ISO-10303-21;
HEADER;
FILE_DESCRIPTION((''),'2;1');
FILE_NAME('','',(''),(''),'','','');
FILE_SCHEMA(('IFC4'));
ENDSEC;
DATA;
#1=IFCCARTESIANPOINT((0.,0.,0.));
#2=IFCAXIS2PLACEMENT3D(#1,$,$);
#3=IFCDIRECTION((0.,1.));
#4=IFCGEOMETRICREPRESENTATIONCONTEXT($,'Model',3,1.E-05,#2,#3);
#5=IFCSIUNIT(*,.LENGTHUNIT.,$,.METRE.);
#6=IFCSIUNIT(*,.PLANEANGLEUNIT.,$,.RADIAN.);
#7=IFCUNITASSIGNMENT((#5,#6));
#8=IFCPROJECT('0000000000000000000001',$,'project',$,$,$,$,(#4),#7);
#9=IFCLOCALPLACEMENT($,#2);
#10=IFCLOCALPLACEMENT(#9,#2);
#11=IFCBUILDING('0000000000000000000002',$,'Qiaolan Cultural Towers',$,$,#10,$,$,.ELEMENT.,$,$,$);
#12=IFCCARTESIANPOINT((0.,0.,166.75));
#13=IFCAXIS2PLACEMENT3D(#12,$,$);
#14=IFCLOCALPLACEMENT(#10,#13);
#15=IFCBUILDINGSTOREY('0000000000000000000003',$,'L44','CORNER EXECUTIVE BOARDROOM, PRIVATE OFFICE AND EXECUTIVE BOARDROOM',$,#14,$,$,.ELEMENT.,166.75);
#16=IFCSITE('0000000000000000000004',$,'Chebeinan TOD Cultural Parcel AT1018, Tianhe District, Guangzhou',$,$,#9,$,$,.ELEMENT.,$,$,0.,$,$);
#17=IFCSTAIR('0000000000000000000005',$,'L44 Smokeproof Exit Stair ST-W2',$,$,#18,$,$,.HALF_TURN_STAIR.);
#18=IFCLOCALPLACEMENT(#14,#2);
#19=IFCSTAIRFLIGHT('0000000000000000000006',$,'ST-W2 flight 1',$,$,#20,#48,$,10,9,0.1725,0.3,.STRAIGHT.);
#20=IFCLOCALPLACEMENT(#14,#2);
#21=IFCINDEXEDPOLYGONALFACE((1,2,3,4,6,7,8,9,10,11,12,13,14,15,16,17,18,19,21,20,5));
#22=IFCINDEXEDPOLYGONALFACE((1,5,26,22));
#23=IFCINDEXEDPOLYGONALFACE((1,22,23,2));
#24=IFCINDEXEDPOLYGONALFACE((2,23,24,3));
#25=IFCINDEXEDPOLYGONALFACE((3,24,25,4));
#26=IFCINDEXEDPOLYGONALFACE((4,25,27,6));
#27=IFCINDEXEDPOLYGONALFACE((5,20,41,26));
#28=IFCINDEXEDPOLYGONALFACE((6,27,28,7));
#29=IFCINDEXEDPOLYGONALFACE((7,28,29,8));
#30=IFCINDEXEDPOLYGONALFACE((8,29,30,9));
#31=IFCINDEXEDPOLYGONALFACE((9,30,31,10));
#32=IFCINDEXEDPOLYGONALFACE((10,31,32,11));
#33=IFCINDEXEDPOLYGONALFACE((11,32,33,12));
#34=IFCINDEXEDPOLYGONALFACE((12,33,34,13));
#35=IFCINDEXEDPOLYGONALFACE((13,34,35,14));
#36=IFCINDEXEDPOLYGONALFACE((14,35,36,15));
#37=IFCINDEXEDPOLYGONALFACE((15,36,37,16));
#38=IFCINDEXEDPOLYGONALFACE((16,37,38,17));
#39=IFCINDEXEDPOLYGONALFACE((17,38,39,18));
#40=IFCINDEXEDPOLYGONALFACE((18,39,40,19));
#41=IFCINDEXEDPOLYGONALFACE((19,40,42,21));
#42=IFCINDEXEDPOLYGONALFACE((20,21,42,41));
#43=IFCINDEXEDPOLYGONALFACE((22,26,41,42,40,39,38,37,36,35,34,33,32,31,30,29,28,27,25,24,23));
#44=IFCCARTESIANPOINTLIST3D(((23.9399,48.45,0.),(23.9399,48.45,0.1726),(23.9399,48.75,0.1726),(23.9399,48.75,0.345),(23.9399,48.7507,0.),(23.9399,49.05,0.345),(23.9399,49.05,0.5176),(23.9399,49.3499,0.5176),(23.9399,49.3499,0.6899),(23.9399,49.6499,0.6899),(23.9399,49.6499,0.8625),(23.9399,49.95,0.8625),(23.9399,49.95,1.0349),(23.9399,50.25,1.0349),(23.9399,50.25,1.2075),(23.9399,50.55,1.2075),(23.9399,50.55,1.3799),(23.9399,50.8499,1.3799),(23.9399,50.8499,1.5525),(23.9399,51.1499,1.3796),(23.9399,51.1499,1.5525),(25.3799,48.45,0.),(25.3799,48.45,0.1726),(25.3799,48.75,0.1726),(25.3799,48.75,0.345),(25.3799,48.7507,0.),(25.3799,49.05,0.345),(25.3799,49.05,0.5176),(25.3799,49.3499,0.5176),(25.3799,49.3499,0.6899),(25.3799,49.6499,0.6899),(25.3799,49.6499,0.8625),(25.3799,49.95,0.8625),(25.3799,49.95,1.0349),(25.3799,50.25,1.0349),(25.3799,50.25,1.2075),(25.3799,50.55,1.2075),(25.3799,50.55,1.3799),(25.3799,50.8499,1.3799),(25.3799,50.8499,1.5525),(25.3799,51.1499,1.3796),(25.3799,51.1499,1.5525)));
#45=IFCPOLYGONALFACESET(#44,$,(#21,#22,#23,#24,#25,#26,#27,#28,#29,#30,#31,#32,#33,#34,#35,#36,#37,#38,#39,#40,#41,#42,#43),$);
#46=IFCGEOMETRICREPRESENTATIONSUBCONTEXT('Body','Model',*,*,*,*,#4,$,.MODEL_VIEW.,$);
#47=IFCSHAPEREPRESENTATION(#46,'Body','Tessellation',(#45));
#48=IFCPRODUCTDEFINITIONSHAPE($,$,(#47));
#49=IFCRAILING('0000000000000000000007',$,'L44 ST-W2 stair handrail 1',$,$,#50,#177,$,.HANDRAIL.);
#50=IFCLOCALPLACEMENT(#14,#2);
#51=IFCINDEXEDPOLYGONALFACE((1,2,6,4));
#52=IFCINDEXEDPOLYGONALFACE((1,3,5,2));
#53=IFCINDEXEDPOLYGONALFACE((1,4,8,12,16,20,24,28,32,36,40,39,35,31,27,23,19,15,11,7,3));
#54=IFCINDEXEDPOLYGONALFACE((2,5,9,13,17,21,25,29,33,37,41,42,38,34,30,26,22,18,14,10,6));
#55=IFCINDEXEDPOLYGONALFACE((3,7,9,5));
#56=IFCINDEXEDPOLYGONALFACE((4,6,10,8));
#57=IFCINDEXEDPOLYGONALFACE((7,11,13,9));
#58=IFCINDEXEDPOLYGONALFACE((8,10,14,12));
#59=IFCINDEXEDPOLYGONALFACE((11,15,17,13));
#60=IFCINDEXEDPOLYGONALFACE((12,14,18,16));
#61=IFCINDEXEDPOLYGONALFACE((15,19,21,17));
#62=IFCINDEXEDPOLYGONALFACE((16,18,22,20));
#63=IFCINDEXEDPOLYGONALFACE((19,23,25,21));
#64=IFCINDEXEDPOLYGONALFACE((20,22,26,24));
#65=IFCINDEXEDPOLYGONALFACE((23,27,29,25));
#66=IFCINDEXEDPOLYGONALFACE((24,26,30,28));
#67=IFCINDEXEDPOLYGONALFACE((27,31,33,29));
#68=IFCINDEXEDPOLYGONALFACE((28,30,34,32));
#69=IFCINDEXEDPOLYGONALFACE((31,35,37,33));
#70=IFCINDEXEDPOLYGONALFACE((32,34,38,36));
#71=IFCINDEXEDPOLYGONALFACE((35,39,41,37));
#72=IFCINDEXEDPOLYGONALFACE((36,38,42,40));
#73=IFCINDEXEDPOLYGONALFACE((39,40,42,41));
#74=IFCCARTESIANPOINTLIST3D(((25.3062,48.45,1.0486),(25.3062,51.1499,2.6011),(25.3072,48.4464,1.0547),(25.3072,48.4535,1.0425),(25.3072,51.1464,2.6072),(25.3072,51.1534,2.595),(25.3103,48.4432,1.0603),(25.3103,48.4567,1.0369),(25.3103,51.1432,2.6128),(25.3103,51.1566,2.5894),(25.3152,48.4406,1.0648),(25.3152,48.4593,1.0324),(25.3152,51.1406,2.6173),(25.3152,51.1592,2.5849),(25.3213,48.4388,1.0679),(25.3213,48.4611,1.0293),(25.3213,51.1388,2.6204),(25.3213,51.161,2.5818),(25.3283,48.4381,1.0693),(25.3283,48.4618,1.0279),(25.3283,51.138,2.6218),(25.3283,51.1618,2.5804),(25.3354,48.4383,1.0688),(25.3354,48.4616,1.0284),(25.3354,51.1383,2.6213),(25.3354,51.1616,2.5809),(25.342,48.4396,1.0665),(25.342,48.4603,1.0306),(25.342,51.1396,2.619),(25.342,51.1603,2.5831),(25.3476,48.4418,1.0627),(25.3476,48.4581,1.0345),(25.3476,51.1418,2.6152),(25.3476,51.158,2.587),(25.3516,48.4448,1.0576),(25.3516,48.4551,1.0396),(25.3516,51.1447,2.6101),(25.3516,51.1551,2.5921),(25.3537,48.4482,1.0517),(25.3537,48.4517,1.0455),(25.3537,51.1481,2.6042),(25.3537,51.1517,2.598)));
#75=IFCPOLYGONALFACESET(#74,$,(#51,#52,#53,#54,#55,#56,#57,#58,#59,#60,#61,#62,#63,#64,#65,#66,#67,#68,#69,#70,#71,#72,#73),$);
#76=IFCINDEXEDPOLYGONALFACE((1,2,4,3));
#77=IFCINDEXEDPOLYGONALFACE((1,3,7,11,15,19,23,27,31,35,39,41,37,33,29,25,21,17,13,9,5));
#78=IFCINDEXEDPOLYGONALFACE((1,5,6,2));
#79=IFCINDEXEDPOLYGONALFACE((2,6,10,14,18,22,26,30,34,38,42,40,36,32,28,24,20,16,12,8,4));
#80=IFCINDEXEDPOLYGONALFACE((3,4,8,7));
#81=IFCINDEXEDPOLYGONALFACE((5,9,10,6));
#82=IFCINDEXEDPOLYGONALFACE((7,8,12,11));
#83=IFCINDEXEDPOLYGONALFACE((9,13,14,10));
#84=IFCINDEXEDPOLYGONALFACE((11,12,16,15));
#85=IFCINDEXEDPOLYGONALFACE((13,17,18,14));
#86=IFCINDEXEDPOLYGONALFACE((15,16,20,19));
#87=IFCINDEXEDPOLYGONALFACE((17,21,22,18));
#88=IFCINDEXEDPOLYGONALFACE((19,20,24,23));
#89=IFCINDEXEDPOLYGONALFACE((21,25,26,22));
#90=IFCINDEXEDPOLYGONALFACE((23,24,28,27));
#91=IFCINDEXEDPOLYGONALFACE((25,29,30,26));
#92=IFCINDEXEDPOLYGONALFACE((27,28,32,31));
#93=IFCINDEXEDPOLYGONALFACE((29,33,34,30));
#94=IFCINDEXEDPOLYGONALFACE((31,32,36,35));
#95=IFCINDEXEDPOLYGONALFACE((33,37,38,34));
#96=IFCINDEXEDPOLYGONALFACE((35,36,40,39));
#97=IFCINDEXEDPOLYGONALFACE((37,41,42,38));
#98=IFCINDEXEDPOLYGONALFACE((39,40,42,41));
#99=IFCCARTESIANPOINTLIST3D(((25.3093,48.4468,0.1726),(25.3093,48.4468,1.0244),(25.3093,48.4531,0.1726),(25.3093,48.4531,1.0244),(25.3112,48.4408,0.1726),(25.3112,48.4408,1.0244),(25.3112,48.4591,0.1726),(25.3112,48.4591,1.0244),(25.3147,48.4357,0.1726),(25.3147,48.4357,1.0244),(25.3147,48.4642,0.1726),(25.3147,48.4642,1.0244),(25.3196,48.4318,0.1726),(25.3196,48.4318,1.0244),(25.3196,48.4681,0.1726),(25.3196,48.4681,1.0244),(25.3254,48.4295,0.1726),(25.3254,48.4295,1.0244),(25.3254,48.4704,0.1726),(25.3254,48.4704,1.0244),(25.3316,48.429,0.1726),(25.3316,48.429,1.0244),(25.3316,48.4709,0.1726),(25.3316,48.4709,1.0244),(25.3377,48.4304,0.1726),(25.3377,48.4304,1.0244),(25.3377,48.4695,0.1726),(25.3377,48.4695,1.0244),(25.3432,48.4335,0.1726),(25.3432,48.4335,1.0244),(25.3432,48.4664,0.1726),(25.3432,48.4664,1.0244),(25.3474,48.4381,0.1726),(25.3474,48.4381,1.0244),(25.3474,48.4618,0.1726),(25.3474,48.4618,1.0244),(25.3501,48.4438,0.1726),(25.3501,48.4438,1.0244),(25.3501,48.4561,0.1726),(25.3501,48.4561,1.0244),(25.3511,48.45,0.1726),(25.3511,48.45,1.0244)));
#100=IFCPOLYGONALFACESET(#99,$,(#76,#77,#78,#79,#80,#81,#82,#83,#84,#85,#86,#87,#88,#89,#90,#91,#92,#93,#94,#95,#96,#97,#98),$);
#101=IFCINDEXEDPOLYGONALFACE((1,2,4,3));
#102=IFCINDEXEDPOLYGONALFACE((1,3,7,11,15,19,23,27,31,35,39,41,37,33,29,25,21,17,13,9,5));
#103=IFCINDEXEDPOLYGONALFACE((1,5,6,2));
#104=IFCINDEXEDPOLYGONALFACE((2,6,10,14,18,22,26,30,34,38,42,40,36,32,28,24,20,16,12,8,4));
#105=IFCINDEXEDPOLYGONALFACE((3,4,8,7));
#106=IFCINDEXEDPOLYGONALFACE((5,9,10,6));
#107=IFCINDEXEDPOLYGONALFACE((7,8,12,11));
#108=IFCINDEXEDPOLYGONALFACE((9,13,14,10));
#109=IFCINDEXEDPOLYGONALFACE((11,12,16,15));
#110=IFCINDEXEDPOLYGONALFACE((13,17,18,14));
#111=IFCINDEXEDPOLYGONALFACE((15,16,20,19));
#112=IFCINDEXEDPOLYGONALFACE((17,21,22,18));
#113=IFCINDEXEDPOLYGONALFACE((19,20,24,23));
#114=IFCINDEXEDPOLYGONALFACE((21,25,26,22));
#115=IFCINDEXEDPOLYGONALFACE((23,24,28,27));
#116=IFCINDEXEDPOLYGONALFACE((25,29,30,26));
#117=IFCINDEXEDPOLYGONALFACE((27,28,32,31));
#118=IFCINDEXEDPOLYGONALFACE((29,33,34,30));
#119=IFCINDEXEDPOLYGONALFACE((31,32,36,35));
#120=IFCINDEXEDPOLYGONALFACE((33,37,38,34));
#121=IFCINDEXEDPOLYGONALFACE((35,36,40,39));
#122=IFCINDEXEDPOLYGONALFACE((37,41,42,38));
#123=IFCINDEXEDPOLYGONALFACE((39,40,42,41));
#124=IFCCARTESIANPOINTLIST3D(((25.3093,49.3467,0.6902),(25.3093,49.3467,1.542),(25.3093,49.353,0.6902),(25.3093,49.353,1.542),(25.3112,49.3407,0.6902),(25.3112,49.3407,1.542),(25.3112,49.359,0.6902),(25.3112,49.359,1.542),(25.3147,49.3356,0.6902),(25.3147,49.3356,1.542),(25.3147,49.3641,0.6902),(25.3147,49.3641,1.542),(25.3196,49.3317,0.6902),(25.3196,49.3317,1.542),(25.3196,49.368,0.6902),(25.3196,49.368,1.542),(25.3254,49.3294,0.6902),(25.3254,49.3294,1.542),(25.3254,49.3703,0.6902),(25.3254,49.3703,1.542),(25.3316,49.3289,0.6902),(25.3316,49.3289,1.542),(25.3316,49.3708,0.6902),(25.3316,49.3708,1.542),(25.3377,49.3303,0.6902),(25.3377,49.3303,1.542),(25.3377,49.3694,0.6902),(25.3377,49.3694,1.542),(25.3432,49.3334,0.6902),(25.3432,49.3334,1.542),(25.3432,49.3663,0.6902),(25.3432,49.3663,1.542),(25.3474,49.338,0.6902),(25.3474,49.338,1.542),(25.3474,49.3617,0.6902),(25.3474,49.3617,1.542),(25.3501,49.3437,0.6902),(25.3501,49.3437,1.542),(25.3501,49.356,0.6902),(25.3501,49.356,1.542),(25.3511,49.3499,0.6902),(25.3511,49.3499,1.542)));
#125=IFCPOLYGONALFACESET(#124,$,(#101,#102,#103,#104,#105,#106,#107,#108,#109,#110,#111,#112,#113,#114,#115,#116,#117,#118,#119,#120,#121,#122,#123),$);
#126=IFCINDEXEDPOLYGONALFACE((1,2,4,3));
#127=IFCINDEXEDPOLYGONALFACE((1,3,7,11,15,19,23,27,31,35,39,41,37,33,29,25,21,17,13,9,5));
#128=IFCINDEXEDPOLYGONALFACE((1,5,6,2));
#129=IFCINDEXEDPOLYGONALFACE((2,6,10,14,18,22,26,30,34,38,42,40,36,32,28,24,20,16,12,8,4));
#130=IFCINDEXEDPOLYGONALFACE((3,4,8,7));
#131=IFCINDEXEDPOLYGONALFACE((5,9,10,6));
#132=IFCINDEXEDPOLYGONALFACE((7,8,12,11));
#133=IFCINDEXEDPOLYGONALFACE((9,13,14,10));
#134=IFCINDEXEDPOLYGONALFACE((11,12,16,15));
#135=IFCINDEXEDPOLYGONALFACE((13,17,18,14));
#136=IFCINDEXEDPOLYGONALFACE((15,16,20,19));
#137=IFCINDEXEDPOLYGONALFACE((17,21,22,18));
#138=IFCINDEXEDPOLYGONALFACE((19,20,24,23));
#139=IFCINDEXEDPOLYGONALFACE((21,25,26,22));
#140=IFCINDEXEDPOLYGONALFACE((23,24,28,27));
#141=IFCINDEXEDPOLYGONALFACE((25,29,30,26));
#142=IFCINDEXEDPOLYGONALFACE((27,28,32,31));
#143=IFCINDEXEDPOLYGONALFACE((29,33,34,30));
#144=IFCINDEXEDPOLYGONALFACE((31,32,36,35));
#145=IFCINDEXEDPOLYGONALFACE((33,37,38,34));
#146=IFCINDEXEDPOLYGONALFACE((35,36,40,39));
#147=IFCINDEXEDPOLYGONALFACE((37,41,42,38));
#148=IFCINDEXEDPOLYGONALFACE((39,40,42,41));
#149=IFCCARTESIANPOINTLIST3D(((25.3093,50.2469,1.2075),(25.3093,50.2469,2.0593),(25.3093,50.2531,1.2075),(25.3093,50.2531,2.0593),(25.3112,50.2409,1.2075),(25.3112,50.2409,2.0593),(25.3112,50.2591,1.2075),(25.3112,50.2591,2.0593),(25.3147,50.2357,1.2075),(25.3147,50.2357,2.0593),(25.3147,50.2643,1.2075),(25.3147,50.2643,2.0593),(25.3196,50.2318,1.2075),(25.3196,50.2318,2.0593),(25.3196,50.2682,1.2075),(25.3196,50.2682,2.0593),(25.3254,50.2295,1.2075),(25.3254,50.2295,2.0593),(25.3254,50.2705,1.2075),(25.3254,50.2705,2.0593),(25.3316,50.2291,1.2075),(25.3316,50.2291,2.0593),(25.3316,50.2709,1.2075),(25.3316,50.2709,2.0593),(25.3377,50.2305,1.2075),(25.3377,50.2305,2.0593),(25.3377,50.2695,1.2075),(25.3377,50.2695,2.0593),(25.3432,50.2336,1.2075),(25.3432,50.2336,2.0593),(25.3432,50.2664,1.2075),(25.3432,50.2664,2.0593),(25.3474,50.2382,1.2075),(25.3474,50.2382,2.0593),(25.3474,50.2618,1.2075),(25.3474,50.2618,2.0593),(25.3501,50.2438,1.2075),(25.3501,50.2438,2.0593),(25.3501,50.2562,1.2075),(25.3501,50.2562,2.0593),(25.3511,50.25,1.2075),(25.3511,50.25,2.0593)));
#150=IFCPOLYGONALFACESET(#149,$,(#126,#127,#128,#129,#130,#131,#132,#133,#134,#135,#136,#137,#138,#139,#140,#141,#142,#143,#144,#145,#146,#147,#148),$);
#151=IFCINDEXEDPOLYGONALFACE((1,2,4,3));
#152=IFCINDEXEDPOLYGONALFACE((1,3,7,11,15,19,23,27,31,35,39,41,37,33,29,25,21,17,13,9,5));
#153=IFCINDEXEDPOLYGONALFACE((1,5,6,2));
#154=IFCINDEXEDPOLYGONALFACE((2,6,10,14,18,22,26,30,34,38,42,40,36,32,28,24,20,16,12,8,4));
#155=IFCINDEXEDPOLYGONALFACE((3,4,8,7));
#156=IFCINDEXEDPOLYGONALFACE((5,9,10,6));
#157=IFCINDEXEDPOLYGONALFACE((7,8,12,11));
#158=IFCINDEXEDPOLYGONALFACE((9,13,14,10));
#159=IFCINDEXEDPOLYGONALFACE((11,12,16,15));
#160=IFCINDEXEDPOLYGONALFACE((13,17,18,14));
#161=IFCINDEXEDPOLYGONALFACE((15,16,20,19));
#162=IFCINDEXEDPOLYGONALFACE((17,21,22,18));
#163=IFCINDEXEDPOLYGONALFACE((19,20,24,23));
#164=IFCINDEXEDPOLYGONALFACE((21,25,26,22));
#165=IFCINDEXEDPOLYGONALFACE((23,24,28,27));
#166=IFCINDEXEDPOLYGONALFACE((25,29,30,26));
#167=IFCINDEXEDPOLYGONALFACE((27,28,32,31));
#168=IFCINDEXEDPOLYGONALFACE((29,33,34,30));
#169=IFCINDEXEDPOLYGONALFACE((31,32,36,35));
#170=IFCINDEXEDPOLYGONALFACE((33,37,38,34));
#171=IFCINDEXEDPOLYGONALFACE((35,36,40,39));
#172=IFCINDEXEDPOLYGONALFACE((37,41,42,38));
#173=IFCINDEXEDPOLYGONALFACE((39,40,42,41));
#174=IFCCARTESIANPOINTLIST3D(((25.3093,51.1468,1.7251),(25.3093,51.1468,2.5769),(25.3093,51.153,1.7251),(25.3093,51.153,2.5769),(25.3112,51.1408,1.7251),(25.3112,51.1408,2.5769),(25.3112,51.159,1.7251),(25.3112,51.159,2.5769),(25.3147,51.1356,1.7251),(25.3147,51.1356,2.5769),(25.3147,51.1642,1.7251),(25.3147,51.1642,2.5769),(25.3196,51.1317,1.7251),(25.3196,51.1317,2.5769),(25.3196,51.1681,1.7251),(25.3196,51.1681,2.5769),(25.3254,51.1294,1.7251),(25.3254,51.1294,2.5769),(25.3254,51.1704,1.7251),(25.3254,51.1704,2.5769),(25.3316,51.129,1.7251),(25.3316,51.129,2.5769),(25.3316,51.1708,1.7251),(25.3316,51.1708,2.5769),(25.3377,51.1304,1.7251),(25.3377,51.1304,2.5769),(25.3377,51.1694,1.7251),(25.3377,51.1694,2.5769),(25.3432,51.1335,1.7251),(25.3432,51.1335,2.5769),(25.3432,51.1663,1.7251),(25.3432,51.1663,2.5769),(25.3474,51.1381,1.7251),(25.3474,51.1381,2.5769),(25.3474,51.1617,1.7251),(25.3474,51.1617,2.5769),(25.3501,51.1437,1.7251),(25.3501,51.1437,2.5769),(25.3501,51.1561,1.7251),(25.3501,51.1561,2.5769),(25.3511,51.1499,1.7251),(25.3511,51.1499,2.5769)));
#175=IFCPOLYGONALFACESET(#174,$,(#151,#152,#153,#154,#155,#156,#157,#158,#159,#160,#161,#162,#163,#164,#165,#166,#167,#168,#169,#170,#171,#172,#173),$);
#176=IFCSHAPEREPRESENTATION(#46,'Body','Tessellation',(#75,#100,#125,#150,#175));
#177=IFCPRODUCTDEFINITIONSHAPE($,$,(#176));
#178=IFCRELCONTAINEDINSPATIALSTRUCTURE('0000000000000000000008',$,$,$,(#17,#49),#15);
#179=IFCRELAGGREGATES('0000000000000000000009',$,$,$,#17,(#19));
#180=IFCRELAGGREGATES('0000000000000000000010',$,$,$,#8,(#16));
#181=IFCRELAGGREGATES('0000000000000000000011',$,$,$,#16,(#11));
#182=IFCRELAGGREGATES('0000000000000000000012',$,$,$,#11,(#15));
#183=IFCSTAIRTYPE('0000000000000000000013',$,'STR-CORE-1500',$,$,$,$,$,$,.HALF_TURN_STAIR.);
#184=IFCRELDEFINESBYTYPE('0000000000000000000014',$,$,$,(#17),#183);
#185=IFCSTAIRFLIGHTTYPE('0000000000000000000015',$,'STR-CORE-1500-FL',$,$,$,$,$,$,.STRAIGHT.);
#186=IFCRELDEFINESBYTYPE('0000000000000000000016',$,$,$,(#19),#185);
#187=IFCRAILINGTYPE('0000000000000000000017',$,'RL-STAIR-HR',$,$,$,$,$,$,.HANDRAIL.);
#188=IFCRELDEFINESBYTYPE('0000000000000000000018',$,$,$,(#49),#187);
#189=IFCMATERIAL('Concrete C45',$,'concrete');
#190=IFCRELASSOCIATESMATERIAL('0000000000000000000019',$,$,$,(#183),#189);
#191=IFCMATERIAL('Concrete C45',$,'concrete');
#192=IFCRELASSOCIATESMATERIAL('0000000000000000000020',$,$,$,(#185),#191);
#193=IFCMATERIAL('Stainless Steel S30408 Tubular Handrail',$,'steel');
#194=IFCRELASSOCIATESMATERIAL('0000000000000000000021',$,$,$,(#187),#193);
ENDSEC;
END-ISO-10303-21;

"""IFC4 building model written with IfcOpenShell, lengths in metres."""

from ifc_helpers import new_model, si_unit, direction, frame, origin, origin_2d, place, context, subcontext, project, spatial, polyline, circle, outline, extrude, material, type_object, element, aggregate, save


model = new_model("IFC4")

# Units and contexts
model_context = context("Model", 3, precision=1e-05, world=origin(), true_north=direction((0.0, 1.0)))
body_context = subcontext(model_context, "Body", "Model", "MODEL_VIEW")
ifc_project = project(units=[si_unit("LENGTHUNIT", "METRE"), si_unit("PLANEANGLEUNIT", "RADIAN")], contexts=[model_context])

# Site, building, storey
site_placement = place(None, origin())
site = spatial("IfcSite", under=ifc_project, at=site_placement, Name="Chebeinan TOD Cultural Parcel AT1018, Tianhe District, Guangzhou", CompositionType="ELEMENT", RefElevation=0.0)
building_placement = place(site_placement, origin())
building = spatial("IfcBuilding", under=site, at=building_placement, Name="Qiaolan Cultural Towers", CompositionType="ELEMENT")
storey_placement = place(building_placement, frame((0.0, 0.0, 166.75)))
storey = spatial("IfcBuildingStorey", under=building, at=storey_placement, Name="L44", Description="CORNER EXECUTIVE BOARDROOM, PRIVATE OFFICE AND EXECUTIVE BOARDROOM", CompositionType="ELEMENT", Elevation=166.75)

# Stair, stair flight
ifc_material_1 = material(Name="Concrete C45", Category="concrete")
stair_type = type_object("IfcStairType", Name="STR-CORE-1500", PredefinedType="HALF_TURN_STAIR", material=ifc_material_1)
stair_placement = place(storey_placement, origin())
stair = element("IfcStair", 1, at=stair_placement, inside=storey, type_object=stair_type, Name="L44 Smokeproof Exit Stair ST-W2", PredefinedType="HALF_TURN_STAIR")
ifc_material_2 = material(Name="Concrete C45", Category="concrete")
stair_flight_type = type_object("IfcStairFlightType", Name="STR-CORE-1500-FL", PredefinedType="STRAIGHT", material=ifc_material_2)
stair_flight_placement = place(storey_placement, frame((24.6599, 48.45, 0.0), z_axis=(0.0, 0.0, 1.0), x_axis=(0.0, 1.0, 0.0)))
stair_flight = element("IfcStairFlight", 2, at=stair_flight_placement, type_object=stair_flight_type, Name="ST-W2 flight 1", NumberOfRisers=10, NumberOfTreads=9, PredefinedType="STRAIGHT", RiserHeight=0.1725, TreadLength=0.3, context=body_context, shape_type="SweptSolid", body=[
    extrude(outline(polyline([(0.0, 0.0), (0.0, 0.1726), (0.3, 0.1726), (0.3, 0.345), (0.6001, 0.345), (0.6001, 0.5176), (0.8999, 0.5176), (0.8999, 0.6899), (1.2, 0.6899), (1.2, 0.8625), (1.5, 0.8625), (1.5, 1.0349), (1.8, 1.0349), (1.8, 1.2075), (2.1001, 1.2075), (2.1001, 1.3799), (2.3999, 1.3799), (2.3999, 1.5525), (2.7, 1.5525), (2.7, 1.7251), (2.7, 1.3796), (0.3008, 0.0), (0.0, 0.0)])), frame((0.0, 0.72, 0.0), z_axis=(0.0, -1.0, 0.0), x_axis=(1.0, 0.0, 0.0)), (0.0, 0.0, 1.0), 1.4399),
])
aggregate(stair, [stair_flight])

# Railing
ifc_material_3 = material(Name="Stainless Steel S30408 Tubular Handrail", Category="steel")
railing_type = type_object("IfcRailingType", Name="RL-STAIR-HR", PredefinedType="HANDRAIL", material=ifc_material_3)
railing_placement = place(storey_placement, frame((25.3301, 48.45, 0.1726)))
element("IfcRailing", 3, at=railing_placement, inside=storey, type_object=railing_type, Name="L44 ST-W2 stair handrail 1", PredefinedType="HANDRAIL", context=body_context, shape_type="SweptSolid", body=[
    extrude(circle(Radius=0.0239, at=origin_2d()), frame((0.0, 0.0, 0.876), z_axis=(0.0, 0.866904, 0.498476), x_axis=(-1.0, 0.0, 0.0)), (0.0, 0.0, 1.0), 3.1145),
    extrude(circle(Radius=0.021, at=origin_2d()), origin(), (0.0, 0.0, 1.0), 0.8518),
    extrude(circle(Radius=0.021, at=origin_2d()), frame((0.0, 0.8999, 0.5176)), (0.0, 0.0, 1.0), 0.8518),
    extrude(circle(Radius=0.021, at=origin_2d()), frame((0.0, 1.8, 1.0349)), (0.0, 0.0, 1.0), 0.8518),
    extrude(circle(Radius=0.021, at=origin_2d()), frame((0.0, 2.7, 1.5525)), (0.0, 0.0, 1.0), 0.8518),
])

save(model, "model.ifc")
